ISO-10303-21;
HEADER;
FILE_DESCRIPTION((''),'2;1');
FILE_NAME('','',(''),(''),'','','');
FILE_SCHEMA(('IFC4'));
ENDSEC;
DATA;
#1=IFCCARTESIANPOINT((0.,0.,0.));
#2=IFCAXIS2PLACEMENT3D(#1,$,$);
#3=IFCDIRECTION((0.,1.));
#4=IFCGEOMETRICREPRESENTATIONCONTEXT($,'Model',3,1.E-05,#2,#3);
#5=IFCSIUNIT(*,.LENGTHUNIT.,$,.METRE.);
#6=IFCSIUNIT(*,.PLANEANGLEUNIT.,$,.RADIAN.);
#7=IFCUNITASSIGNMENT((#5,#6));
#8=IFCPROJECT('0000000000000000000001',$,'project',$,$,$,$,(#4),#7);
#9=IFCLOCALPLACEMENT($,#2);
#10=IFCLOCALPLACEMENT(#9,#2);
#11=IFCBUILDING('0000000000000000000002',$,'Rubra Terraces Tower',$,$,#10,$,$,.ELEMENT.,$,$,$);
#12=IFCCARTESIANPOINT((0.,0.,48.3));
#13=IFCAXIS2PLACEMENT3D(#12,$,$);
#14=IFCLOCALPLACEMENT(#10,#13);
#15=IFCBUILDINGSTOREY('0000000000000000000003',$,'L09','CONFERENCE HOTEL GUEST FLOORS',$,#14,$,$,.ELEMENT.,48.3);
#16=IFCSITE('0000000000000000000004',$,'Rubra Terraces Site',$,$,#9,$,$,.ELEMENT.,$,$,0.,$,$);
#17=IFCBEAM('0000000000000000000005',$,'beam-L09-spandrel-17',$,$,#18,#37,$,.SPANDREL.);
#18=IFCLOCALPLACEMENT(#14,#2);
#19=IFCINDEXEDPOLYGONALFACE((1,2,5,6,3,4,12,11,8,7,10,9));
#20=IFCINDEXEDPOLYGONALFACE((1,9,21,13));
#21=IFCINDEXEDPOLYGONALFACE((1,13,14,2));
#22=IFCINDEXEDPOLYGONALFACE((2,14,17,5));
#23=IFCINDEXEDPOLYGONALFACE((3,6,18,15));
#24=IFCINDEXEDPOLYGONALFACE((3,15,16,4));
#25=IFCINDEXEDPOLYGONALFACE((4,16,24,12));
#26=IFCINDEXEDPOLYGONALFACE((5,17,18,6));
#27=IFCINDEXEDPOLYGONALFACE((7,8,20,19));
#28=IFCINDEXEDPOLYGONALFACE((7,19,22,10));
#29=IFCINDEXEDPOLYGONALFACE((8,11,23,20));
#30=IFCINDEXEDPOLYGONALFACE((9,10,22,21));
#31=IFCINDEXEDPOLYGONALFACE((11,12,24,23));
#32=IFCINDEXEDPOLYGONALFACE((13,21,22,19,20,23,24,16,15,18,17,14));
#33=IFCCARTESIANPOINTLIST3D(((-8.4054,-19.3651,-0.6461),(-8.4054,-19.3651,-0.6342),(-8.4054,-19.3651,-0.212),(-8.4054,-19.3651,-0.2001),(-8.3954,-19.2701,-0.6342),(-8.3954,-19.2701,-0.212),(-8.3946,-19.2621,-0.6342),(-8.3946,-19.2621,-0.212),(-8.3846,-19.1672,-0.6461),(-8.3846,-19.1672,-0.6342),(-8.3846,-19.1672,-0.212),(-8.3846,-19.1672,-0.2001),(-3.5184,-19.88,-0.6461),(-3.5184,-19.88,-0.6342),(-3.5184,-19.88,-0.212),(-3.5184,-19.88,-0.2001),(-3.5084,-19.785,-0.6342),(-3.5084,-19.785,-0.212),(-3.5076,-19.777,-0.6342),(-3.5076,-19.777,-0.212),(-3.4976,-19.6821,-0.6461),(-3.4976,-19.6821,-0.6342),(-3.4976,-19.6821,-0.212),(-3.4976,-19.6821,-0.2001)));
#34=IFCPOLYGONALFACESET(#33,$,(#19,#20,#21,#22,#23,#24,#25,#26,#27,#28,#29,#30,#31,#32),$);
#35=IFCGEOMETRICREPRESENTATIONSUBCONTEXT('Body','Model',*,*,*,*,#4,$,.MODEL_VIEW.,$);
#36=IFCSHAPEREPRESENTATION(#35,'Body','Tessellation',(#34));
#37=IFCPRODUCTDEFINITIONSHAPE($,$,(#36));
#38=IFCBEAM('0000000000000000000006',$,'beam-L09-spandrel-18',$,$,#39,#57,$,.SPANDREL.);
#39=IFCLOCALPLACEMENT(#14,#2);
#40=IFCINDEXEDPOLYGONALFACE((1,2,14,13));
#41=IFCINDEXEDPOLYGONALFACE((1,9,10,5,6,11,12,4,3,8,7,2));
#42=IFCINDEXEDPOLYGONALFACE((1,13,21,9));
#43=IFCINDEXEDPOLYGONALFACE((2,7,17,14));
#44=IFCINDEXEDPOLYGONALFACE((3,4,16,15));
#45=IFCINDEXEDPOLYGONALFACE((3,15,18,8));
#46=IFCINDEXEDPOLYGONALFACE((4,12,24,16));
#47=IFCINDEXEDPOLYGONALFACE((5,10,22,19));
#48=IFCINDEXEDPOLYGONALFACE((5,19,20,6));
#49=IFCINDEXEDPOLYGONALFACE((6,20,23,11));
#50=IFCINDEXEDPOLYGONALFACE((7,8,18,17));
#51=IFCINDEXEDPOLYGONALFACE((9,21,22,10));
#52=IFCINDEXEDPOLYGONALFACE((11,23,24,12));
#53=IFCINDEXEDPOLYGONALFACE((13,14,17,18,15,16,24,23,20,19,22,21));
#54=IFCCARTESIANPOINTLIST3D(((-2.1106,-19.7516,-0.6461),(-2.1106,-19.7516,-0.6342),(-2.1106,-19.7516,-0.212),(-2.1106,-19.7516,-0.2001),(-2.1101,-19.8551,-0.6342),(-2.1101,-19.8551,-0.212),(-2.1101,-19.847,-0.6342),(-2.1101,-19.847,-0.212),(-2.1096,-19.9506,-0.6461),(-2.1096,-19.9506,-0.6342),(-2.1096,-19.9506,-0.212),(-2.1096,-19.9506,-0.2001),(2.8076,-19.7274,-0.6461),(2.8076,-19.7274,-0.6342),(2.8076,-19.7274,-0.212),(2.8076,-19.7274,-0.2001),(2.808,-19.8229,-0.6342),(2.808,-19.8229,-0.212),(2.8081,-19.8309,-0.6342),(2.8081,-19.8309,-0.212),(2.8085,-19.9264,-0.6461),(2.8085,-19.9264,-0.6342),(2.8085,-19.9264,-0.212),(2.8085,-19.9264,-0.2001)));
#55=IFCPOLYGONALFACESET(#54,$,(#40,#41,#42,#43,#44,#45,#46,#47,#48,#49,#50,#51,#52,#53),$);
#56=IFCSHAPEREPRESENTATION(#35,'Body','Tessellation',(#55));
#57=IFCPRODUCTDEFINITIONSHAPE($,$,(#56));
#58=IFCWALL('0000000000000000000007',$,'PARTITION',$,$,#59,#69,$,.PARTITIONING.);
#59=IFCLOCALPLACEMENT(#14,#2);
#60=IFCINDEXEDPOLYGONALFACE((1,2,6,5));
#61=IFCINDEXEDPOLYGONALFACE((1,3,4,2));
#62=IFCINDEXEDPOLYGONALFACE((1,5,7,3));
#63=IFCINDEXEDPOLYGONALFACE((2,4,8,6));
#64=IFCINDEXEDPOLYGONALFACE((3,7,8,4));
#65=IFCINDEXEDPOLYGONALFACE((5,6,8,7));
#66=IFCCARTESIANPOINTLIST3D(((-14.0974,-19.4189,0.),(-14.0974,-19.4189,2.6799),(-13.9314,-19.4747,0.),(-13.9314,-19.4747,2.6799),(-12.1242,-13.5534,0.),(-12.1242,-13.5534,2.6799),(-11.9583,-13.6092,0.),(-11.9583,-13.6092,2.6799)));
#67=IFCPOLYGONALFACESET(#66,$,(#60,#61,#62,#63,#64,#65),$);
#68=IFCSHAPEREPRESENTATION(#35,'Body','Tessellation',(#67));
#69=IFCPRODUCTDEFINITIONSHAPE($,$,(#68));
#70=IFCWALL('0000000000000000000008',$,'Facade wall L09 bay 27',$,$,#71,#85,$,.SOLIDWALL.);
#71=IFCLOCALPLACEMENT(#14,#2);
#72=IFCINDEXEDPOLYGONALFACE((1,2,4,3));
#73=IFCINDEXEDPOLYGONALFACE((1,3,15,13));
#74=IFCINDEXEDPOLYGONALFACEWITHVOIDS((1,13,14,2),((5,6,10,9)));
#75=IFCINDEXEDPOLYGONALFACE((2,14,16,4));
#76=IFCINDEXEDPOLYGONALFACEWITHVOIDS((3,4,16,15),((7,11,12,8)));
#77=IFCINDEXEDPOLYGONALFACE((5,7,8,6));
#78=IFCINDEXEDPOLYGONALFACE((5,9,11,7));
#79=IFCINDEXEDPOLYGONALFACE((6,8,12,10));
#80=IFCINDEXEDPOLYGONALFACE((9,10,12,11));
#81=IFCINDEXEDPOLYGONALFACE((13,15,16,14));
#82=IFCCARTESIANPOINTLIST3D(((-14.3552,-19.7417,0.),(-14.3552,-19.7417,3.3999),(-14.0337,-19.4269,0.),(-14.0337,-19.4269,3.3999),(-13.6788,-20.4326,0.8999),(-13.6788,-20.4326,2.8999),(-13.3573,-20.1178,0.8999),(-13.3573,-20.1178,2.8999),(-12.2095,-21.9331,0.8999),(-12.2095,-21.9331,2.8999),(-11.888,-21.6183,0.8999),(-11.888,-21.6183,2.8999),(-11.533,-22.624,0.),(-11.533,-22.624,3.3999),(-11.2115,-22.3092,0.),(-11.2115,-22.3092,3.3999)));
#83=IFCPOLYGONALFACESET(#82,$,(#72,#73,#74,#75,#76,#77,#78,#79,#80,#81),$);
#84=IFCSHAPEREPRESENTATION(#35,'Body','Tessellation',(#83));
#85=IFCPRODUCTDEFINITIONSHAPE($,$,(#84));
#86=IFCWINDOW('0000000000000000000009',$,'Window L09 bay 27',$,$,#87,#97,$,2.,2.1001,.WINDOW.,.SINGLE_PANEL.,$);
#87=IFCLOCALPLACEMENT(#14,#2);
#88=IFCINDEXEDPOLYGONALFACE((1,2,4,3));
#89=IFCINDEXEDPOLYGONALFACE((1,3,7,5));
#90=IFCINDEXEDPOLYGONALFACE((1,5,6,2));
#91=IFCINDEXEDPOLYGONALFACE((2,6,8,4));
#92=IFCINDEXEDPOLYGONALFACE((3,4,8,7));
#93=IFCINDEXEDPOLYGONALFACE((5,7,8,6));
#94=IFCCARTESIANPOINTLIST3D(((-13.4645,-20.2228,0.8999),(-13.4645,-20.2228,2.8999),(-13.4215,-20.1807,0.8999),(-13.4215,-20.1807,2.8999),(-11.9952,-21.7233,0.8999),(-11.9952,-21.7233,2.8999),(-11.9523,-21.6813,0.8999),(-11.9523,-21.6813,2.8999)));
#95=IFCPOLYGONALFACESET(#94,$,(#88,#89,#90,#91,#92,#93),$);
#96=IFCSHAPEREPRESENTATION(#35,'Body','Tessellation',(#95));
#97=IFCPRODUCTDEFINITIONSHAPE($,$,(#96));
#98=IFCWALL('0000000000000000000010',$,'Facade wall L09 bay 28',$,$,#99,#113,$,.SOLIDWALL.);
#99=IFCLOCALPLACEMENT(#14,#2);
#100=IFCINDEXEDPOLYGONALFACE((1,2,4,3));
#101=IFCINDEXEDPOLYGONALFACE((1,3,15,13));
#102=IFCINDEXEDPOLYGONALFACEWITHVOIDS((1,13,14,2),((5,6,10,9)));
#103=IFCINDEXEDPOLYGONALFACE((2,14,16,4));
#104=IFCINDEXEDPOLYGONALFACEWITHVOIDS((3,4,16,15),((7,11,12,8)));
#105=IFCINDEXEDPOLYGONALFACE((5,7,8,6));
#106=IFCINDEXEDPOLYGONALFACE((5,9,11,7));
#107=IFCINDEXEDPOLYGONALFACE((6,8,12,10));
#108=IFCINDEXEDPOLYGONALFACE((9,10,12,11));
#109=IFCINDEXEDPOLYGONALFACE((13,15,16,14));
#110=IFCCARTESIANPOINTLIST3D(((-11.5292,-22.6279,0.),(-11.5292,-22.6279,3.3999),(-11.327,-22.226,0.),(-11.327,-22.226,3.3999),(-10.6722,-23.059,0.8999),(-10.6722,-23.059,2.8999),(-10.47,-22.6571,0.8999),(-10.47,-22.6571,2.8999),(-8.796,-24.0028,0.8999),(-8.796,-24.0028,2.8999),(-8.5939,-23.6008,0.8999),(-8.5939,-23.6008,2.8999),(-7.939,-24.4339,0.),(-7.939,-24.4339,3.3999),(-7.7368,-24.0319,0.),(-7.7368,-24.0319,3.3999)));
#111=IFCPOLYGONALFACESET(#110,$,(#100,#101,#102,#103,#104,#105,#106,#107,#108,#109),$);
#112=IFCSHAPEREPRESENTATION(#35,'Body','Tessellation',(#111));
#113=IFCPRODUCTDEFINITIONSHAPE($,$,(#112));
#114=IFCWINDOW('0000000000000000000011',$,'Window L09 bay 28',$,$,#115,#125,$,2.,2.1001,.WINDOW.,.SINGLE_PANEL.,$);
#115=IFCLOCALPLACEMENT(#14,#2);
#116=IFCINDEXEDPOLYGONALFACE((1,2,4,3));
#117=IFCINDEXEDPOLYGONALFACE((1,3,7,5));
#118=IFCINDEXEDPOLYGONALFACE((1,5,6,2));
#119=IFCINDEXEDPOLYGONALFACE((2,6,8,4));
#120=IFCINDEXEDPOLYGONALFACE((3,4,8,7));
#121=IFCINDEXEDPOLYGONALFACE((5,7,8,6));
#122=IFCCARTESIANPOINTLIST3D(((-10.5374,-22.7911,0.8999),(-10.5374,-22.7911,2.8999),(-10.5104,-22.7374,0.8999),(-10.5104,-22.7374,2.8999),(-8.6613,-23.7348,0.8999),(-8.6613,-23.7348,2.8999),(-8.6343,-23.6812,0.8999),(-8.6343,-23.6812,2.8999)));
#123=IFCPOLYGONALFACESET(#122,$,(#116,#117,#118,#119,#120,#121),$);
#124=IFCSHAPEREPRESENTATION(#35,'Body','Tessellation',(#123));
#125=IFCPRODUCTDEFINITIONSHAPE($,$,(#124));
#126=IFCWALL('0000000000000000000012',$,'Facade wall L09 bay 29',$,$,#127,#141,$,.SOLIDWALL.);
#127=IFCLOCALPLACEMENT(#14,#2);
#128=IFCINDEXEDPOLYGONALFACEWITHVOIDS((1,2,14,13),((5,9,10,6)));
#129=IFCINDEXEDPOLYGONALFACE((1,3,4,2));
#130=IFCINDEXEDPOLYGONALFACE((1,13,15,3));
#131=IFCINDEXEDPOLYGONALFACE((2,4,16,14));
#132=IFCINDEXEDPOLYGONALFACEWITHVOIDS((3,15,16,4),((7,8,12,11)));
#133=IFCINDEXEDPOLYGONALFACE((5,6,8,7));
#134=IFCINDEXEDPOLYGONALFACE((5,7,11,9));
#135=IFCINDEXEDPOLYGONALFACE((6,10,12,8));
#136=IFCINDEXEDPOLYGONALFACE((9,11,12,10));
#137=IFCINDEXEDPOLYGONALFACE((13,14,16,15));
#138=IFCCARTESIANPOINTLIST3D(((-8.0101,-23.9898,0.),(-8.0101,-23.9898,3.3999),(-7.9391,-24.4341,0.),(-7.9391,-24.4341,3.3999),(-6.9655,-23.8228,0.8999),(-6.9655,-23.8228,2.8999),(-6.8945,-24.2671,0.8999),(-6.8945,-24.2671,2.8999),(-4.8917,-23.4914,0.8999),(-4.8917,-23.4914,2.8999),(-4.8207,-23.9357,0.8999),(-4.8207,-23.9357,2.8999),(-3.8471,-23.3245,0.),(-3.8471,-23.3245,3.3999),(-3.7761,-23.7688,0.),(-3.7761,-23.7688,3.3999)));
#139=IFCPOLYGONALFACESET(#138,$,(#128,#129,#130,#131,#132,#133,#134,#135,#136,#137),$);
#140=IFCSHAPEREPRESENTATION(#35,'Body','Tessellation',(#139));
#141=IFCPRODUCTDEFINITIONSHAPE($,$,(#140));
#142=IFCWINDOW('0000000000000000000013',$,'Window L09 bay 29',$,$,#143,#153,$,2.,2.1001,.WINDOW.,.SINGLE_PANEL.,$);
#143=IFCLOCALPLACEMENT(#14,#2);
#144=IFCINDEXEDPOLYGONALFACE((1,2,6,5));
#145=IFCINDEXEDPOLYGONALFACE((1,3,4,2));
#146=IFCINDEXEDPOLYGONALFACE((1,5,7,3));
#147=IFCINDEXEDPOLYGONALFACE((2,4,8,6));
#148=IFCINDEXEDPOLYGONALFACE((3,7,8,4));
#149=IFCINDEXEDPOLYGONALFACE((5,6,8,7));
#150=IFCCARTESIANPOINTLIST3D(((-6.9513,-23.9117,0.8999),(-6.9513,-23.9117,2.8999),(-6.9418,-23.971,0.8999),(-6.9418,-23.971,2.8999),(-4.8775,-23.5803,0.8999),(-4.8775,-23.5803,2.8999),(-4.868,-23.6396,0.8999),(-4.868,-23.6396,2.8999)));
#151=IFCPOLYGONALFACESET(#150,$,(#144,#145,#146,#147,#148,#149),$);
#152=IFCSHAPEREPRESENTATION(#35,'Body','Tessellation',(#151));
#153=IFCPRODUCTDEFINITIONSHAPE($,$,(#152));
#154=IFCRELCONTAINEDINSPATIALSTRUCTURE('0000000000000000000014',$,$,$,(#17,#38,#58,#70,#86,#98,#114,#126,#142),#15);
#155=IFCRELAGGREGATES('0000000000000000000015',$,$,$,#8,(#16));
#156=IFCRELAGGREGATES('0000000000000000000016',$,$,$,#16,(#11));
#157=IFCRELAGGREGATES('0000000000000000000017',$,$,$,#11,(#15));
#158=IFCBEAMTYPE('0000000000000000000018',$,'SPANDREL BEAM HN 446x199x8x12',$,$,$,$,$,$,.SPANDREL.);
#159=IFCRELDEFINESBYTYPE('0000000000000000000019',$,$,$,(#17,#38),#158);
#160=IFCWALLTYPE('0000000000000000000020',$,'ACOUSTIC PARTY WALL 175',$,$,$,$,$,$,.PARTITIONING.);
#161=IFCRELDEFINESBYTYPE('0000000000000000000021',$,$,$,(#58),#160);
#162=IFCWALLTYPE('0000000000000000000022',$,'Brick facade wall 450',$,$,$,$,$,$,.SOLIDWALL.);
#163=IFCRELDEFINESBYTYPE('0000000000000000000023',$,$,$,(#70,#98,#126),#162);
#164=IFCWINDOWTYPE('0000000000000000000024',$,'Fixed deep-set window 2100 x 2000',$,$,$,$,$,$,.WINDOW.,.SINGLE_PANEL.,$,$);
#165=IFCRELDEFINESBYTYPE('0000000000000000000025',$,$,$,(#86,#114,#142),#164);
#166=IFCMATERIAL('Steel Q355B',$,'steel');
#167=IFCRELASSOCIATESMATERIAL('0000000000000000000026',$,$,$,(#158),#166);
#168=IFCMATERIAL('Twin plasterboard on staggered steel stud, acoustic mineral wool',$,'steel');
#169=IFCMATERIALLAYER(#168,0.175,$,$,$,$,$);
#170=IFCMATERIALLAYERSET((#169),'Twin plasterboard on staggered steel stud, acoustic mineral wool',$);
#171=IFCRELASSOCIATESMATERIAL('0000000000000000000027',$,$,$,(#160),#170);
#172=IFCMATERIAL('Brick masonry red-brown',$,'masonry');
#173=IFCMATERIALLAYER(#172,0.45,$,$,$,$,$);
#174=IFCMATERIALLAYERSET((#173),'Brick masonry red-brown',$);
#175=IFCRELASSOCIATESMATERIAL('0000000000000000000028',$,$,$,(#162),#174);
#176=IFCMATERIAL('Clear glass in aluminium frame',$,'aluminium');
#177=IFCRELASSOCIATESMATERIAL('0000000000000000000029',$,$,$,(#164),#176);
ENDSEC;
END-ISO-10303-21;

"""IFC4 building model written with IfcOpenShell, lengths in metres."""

from ifc_helpers import new_model, si_unit, direction, frame, frame_2d, origin, origin_2d, place, context, subcontext, project, spatial, rectangle, i_section, extrude, material, layer, layer_set, material_profile, profile_set, type_object, element, fill, save


model = new_model("IFC4")

# Units and contexts
model_context = context("Model", 3, precision=1e-05, world=origin(), true_north=direction((0.0, 1.0)))
body_context = subcontext(model_context, "Body", "Model", "MODEL_VIEW")
ifc_project = project(units=[si_unit("LENGTHUNIT", "METRE"), si_unit("PLANEANGLEUNIT", "RADIAN")], contexts=[model_context])

# Site, building, storey
site_placement = place(None, origin())
site = spatial("IfcSite", under=ifc_project, at=site_placement, Name="Rubra Terraces Site", CompositionType="ELEMENT", RefElevation=0.0)
building_placement = place(site_placement, origin())
building = spatial("IfcBuilding", under=site, at=building_placement, Name="Rubra Terraces Tower", CompositionType="ELEMENT")
storey_placement = place(building_placement, frame((0.0, 0.0, 48.3)))
storey = spatial("IfcBuildingStorey", under=building, at=storey_placement, Name="L09", Description="CONFERENCE HOTEL GUEST FLOORS", CompositionType="ELEMENT", Elevation=48.3)

# Beams
ifc_material_1 = material(Name="Steel Q355B", Category="steel")
ifc_material_profile_1 = material_profile(ifc_material_1, i_section(OverallWidth=0.199, OverallDepth=0.446, WebThickness=0.0081, FlangeThickness=0.012, at=origin_2d()), Name="HN 446x199x8x12")
ifc_profile_set_1 = profile_set([ifc_material_profile_1], Name="Steel Q355B")
beam_type_1 = type_object("IfcBeamType", Name="SPANDREL BEAM HN 446x199x8x12", PredefinedType="SPANDREL", material=ifc_profile_set_1)
beam_1_placement = place(storey_placement, frame((-8.395, -19.2661, -0.4231), z_axis=(0.994495, -0.10478, 0.0), x_axis=(0.10478, 0.994495, 0.0)))
element("IfcBeam", 1, at=beam_1_placement, inside=storey, type_object=beam_type_1, Name="beam-L09-spandrel-17", PredefinedType="SPANDREL", context=body_context, shape_type="SweptSolid", body=[
    extrude(i_section(OverallWidth=0.199, OverallDepth=0.446, WebThickness=0.0081, FlangeThickness=0.012, at=origin_2d()), origin(), (0.0, 0.0, 1.0), 4.9141),
])
beam_2_placement = place(storey_placement, frame((-2.1101, -19.8511, -0.4231), z_axis=(0.999988, 0.004914, 0.0), x_axis=(-0.004914, 0.999988, 0.0)))
element("IfcBeam", 2, at=beam_2_placement, inside=storey, type_object=beam_type_1, Name="beam-L09-spandrel-18", PredefinedType="SPANDREL", context=body_context, shape_type="SweptSolid", body=[
    extrude(i_section(OverallWidth=0.199, OverallDepth=0.446, WebThickness=0.0081, FlangeThickness=0.012, at=origin_2d()), origin(), (0.0, 0.0, 1.0), 4.9182),
])

# Wall
ifc_material_2 = material(Name="Twin plasterboard on staggered steel stud, acoustic mineral wool", Category="steel")
ifc_layer_1 = layer(ifc_material_2, 0.175)
ifc_layer_set_1 = layer_set([ifc_layer_1], Name="Twin plasterboard on staggered steel stud, acoustic mineral wool")
wall_type_1 = type_object("IfcWallType", Name="ACOUSTIC PARTY WALL 175", PredefinedType="PARTITIONING", material=ifc_layer_set_1)
wall_1_placement = place(storey_placement, frame((-14.0144, -19.4468, 0.0), z_axis=(0.0, 0.0, 1.0), x_axis=(0.318842, 0.947808, 0.0)))
element("IfcWall", 3, at=wall_1_placement, inside=storey, type_object=wall_type_1, Name="PARTITION", PredefinedType="PARTITIONING", context=body_context, shape_type="SweptSolid", body=[
    extrude(rectangle(XDim=6.1885, YDim=0.175, at=frame_2d((3.0942, 0.0))), origin(), (0.0, 0.0, 1.0), 2.6799),
])

# Walls, openings, windows
ifc_material_3 = material(Name="Brick masonry red-brown", Category="masonry")
ifc_layer_2 = layer(ifc_material_3, 0.45)
ifc_layer_set_2 = layer_set([ifc_layer_2], Name="Brick masonry red-brown")
wall_type_2 = type_object("IfcWallType", Name="Brick facade wall 450", PredefinedType="SOLIDWALL", material=ifc_layer_set_2)
wall_2_placement = place(storey_placement, frame((-14.1946, -19.5842, 0.0), z_axis=(0.0, 0.0, 1.0), x_axis=(0.699624, -0.714512, 0.0)))
wall_2 = element("IfcWall", 4, at=wall_2_placement, inside=storey, type_object=wall_type_2, Name="Facade wall L09 bay 27", PredefinedType="SOLIDWALL", context=body_context, shape_type="SweptSolid", body=[
    extrude(rectangle(XDim=4.0339, YDim=0.45, at=frame_2d((2.0171, 0.0))), origin(), (0.0, 0.0, 1.0), 3.3999),
])
opening_1_placement = place(wall_2_placement, frame((0.967, 0.0, 0.8999)))
opening_1 = element("IfcOpeningElement", 5, at=opening_1_placement, cuts=wall_2, PredefinedType="OPENING", context=body_context, shape_type="SweptSolid", body=[
    extrude(rectangle(XDim=2.1001, YDim=2.0, at=frame_2d((1.05, 1.0))), frame((0.0, 0.2349, 0.0), z_axis=(0.0, -1.0, 0.0), x_axis=(1.0, 0.0, 0.0)), (0.0, 0.0, 1.0), 0.47),
])
ifc_material_4 = material(Name="Clear glass in aluminium frame", Category="aluminium")
window_type = type_object("IfcWindowType", Name="Fixed deep-set window 2100 x 2000", PartitioningType="SINGLE_PANEL", PredefinedType="WINDOW", material=ifc_material_4)
window_1_placement = place(opening_1_placement, origin())
window_1 = element("IfcWindow", 6, at=window_1_placement, inside=storey, type_object=window_type, Name="Window L09 bay 27", OverallHeight=2.0, OverallWidth=2.1001, PartitioningType="SINGLE_PANEL", PredefinedType="WINDOW", context=body_context, shape_type="SweptSolid", body=[
    extrude(rectangle(XDim=2.1001, YDim=2.0, at=frame_2d((1.05, 1.0))), frame((0.0, 0.135, 0.0), z_axis=(0.0, -1.0, 0.0), x_axis=(1.0, 0.0, 0.0)), (0.0, 0.0, 1.0), 0.0601),
])
fill(opening_1, window_1)
wall_3_placement = place(storey_placement, frame((-11.428, -22.427, 0.0), z_axis=(0.0, 0.0, 1.0), x_axis=(0.893343, -0.449375, 0.0)))
wall_3 = element("IfcWall", 7, at=wall_3_placement, inside=storey, type_object=wall_type_2, Name="Facade wall L09 bay 28", PredefinedType="SOLIDWALL", context=body_context, shape_type="SweptSolid", body=[
    extrude(rectangle(XDim=4.0188, YDim=0.45, at=frame_2d((2.0093, 0.0))), origin(), (0.0, 0.0, 1.0), 3.3999),
])
opening_2_placement = place(wall_3_placement, frame((0.9592, 0.0, 0.8999)))
opening_2 = element("IfcOpeningElement", 8, at=opening_2_placement, cuts=wall_3, PredefinedType="OPENING", context=body_context, shape_type="SweptSolid", body=[
    extrude(rectangle(XDim=2.1001, YDim=2.0, at=frame_2d((1.05, 1.0))), frame((0.0, 0.2349, 0.0), z_axis=(0.0, -1.0, 0.0), x_axis=(1.0, 0.0, 0.0)), (0.0, 0.0, 1.0), 0.47),
])
window_2_placement = place(opening_2_placement, origin())
window_2 = element("IfcWindow", 9, at=window_2_placement, inside=storey, type_object=window_type, Name="Window L09 bay 28", OverallHeight=2.0, OverallWidth=2.1001, PartitioningType="SINGLE_PANEL", PredefinedType="WINDOW", context=body_context, shape_type="SweptSolid", body=[
    extrude(rectangle(XDim=2.1001, YDim=2.0, at=frame_2d((1.05, 1.0))), frame((0.0, 0.135, 0.0), z_axis=(0.0, -1.0, 0.0), x_axis=(1.0, 0.0, 0.0)), (0.0, 0.0, 1.0), 0.0601),
])
fill(opening_2, window_2)
wall_4_placement = place(storey_placement, frame((-7.9746, -24.2119, 0.0), z_axis=(0.0, 0.0, 1.0), x_axis=(0.987471, 0.157803, 0.0)))
wall_4 = element("IfcWall", 10, at=wall_4_placement, inside=storey, type_object=wall_type_2, Name="Facade wall L09 bay 29", PredefinedType="SOLIDWALL", context=body_context, shape_type="SweptSolid", body=[
    extrude(rectangle(XDim=4.2158, YDim=0.45, at=frame_2d((2.1079, 0.0))), origin(), (0.0, 0.0, 1.0), 3.3999),
])
opening_3_placement = place(wall_4_placement, frame((1.0579, 0.0, 0.8999)))
opening_3 = element("IfcOpeningElement", 11, at=opening_3_placement, cuts=wall_4, PredefinedType="OPENING", context=body_context, shape_type="SweptSolid", body=[
    extrude(rectangle(XDim=2.1001, YDim=2.0, at=frame_2d((1.05, 1.0))), frame((0.0, 0.2349, 0.0), z_axis=(0.0, -1.0, 0.0), x_axis=(1.0, 0.0, 0.0)), (0.0, 0.0, 1.0), 0.47),
])
window_3_placement = place(opening_3_placement, origin())
window_3 = element("IfcWindow", 12, at=window_3_placement, inside=storey, type_object=window_type, Name="Window L09 bay 29", OverallHeight=2.0, OverallWidth=2.1001, PartitioningType="SINGLE_PANEL", PredefinedType="WINDOW", context=body_context, shape_type="SweptSolid", body=[
    extrude(rectangle(XDim=2.1001, YDim=2.0, at=frame_2d((1.05, 1.0))), frame((0.0, 0.135, 0.0), z_axis=(0.0, -1.0, 0.0), x_axis=(1.0, 0.0, 0.0)), (0.0, 0.0, 1.0), 0.0601),
])
fill(opening_3, window_3)

save(model, "model.ifc")
